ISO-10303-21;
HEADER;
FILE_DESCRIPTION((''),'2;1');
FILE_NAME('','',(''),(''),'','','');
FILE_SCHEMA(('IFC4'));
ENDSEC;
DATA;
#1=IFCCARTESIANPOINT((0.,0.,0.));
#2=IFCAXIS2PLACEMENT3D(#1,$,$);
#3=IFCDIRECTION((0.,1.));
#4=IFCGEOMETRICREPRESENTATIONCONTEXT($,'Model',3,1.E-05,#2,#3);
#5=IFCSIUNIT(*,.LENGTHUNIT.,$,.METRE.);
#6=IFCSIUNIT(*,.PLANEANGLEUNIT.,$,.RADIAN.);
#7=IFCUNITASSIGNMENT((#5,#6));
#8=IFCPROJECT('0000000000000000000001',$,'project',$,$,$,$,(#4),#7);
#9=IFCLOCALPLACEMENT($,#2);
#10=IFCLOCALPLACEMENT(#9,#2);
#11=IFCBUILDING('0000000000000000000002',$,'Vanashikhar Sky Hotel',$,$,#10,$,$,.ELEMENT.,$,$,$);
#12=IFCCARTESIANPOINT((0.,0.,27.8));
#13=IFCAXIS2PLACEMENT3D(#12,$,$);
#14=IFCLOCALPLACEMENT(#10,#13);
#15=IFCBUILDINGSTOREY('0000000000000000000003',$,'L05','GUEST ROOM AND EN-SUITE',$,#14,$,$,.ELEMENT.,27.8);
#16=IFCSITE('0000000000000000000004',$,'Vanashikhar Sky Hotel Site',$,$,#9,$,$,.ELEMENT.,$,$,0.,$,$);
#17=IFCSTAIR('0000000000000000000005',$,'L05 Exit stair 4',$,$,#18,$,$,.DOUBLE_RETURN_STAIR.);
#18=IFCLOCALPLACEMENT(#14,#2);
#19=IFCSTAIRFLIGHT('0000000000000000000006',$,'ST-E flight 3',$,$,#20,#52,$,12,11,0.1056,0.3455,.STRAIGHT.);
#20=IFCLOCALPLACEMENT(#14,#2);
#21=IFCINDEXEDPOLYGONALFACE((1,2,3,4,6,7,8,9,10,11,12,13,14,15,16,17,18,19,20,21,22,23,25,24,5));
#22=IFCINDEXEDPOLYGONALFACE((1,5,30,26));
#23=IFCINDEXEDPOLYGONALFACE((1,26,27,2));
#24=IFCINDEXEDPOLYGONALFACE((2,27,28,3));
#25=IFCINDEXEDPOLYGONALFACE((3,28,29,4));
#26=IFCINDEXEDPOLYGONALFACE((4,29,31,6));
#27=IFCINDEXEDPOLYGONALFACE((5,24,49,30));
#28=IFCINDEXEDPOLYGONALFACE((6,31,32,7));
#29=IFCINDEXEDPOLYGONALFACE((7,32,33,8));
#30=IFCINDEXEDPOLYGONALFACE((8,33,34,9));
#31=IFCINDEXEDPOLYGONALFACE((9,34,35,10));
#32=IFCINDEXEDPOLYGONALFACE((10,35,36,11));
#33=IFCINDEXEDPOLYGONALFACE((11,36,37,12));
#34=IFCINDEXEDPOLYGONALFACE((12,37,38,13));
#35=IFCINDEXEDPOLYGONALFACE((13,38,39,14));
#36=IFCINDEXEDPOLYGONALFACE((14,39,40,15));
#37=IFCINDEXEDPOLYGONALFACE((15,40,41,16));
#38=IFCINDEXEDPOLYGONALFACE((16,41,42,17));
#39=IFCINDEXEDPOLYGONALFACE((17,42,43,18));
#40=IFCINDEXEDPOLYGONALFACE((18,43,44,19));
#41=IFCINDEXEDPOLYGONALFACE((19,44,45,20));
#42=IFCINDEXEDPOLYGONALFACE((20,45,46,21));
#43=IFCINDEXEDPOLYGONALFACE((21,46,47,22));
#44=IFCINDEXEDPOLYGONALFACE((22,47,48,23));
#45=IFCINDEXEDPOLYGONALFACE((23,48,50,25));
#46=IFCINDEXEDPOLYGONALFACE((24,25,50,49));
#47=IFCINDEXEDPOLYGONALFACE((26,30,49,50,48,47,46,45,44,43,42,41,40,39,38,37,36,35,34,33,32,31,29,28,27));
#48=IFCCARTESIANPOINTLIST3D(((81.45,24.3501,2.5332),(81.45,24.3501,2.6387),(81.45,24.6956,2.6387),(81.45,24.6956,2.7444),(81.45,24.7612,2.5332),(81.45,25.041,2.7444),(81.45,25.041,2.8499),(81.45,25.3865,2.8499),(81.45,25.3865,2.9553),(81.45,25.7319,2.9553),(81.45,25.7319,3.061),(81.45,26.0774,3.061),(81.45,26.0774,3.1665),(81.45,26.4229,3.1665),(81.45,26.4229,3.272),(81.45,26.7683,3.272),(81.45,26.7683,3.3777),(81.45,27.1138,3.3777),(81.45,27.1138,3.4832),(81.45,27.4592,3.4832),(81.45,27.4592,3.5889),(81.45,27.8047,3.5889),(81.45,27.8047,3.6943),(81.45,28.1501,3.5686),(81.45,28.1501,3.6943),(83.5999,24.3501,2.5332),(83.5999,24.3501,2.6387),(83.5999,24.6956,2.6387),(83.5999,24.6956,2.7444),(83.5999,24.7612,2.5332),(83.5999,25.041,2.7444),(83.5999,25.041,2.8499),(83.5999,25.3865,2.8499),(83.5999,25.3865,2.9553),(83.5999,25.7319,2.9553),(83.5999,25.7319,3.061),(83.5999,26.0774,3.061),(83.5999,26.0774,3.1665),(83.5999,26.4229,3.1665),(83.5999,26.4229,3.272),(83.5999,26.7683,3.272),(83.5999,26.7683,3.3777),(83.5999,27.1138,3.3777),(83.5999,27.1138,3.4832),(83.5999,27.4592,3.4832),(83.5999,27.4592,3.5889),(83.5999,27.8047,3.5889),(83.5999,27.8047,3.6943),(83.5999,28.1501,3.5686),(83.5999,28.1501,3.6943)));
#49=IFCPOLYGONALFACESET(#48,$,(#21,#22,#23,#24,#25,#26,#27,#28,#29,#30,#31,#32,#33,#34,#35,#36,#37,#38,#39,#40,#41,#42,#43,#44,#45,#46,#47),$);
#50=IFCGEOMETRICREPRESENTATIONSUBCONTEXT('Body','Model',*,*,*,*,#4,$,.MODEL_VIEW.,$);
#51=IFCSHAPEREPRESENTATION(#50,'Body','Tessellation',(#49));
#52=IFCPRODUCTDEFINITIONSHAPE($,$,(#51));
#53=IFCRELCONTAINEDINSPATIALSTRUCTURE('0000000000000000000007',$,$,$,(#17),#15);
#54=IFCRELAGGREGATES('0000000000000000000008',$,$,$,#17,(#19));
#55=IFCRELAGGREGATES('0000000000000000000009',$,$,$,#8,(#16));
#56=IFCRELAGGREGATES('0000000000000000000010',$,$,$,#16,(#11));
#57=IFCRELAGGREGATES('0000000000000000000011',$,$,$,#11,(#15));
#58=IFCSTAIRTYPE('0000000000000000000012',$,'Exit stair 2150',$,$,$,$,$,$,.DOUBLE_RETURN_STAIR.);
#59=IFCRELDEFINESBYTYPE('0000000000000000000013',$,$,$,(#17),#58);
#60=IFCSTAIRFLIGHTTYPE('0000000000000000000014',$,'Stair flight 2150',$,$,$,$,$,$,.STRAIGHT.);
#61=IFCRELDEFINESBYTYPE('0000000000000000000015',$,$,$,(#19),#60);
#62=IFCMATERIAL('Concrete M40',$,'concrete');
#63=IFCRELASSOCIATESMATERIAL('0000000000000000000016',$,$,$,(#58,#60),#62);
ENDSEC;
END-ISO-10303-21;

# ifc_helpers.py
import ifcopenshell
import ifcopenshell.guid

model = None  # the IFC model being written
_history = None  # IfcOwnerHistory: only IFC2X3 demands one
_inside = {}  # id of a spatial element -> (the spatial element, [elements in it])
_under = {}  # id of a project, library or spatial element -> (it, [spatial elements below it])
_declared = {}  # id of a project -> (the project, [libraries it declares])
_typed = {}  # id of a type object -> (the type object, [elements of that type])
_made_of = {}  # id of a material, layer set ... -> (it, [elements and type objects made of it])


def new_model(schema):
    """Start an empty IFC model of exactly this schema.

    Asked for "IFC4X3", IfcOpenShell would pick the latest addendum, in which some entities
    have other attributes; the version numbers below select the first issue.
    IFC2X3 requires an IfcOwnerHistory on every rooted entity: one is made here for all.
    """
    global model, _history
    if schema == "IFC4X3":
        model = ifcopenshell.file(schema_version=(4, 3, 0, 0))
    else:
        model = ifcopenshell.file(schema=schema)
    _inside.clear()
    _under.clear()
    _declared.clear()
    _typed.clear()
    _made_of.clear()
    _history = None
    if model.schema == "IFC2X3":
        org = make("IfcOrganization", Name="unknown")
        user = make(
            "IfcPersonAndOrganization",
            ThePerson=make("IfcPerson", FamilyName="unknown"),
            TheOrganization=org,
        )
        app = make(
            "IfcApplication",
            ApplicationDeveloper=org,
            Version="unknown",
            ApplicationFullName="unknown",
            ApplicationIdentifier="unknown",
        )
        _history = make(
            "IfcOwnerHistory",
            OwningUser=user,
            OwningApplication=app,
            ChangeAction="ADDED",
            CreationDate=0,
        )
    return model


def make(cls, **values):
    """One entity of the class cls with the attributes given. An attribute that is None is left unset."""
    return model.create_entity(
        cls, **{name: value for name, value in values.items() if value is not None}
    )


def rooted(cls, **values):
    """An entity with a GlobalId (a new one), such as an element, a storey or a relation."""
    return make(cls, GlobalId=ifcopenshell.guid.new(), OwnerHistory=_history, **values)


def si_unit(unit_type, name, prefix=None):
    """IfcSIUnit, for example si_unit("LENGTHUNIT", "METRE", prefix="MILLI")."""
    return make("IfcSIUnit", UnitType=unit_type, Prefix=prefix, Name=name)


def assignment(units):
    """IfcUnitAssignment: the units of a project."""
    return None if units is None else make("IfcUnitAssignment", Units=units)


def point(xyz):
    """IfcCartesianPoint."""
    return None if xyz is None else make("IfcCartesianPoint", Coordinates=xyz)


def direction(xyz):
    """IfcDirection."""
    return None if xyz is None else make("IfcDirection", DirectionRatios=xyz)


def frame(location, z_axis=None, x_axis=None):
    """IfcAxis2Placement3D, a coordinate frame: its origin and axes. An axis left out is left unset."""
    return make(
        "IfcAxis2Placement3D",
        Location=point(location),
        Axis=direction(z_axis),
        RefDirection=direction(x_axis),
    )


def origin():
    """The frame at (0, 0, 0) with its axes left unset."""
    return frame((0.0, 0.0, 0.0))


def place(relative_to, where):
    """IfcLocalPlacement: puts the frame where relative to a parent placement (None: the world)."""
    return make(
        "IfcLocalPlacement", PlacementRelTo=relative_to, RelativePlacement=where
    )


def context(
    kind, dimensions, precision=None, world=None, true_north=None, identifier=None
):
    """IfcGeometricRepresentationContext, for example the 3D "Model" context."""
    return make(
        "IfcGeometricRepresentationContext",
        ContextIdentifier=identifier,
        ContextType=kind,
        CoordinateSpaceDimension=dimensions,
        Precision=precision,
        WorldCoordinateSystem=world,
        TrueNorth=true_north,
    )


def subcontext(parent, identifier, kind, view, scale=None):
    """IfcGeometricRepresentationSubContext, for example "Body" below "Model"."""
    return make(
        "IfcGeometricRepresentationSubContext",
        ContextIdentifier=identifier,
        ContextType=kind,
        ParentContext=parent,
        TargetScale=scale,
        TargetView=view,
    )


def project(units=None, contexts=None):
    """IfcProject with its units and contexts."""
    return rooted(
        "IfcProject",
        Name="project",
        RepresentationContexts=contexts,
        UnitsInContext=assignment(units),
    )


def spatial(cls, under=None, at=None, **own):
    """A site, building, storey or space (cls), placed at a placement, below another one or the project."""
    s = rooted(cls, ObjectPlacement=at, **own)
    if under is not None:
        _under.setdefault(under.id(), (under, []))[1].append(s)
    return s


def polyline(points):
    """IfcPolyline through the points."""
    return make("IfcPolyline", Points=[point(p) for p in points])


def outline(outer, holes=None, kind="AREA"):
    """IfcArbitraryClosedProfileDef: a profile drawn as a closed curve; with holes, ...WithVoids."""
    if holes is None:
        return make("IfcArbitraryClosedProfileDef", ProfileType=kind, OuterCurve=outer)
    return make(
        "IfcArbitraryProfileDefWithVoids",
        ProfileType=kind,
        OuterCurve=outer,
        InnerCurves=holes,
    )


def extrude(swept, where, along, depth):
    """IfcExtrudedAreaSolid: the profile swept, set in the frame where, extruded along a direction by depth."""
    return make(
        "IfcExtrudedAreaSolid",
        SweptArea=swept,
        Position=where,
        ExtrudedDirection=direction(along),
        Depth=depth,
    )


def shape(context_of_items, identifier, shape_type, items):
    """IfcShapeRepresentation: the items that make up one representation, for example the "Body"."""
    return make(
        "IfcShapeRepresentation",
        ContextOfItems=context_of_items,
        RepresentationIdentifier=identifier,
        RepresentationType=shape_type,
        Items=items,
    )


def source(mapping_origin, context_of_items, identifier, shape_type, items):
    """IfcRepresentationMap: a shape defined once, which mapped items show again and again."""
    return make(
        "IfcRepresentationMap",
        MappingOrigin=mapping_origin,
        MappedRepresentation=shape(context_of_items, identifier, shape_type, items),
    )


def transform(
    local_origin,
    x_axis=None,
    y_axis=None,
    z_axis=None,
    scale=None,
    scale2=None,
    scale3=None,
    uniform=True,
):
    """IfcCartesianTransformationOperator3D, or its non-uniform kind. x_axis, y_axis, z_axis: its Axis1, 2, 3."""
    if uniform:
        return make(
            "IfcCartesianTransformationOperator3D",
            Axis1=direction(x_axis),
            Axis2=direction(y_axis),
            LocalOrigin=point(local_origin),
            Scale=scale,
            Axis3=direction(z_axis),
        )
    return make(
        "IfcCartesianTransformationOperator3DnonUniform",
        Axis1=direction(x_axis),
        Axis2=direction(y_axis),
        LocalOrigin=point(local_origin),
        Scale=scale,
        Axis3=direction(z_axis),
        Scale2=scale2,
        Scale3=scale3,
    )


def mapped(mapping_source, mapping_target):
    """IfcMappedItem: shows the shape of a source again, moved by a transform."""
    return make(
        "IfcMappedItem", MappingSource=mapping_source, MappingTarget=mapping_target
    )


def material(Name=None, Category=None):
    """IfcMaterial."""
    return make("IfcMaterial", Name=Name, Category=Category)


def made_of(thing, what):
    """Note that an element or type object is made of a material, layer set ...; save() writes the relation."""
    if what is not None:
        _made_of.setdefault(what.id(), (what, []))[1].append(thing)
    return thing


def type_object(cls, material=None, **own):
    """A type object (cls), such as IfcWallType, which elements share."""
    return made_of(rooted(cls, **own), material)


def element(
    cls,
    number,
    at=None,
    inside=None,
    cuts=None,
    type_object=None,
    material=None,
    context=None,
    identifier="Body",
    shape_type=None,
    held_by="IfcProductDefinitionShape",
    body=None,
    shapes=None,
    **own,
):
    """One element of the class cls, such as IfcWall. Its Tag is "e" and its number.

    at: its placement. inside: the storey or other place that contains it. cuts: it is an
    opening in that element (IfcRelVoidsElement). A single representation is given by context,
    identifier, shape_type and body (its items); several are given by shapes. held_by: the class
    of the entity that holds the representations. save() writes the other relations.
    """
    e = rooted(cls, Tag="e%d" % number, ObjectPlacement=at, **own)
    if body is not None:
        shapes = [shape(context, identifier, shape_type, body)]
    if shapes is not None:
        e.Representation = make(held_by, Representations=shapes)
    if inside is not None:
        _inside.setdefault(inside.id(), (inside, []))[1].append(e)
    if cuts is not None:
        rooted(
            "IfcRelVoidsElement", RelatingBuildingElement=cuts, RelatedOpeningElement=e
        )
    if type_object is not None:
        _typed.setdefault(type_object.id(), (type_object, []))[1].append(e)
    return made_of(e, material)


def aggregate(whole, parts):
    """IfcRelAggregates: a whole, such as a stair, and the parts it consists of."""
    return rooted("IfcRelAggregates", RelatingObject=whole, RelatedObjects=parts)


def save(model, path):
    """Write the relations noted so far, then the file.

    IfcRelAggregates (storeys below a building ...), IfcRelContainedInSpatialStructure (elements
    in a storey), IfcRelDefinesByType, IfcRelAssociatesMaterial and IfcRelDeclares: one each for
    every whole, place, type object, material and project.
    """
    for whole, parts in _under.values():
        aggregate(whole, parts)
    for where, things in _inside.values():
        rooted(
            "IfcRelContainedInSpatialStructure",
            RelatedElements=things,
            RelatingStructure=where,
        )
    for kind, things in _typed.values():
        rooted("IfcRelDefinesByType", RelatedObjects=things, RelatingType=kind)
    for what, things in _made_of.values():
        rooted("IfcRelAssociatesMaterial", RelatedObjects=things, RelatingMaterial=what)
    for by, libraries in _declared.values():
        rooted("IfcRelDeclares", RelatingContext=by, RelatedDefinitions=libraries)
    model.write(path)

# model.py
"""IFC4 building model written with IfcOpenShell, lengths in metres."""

from ifc_helpers import new_model, si_unit, direction, frame, origin, place, context, subcontext, project, spatial, polyline, outline, extrude, source, transform, mapped, material, type_object, element, aggregate, save


model = new_model("IFC4")

# Units and contexts
model_context = context("Model", 3, precision=1e-05, world=origin(), true_north=direction((0.0, 1.0)))
body_context = subcontext(model_context, "Body", "Model", "MODEL_VIEW")
ifc_project = project(units=[si_unit("LENGTHUNIT", "METRE"), si_unit("PLANEANGLEUNIT", "RADIAN")], contexts=[model_context])

# Site, building, storey
site_placement = place(None, origin())
site = spatial("IfcSite", under=ifc_project, at=site_placement, Name="Vanashikhar Sky Hotel Site", CompositionType="ELEMENT", RefElevation=0.0)
building_placement = place(site_placement, origin())
building = spatial("IfcBuilding", under=site, at=building_placement, Name="Vanashikhar Sky Hotel", CompositionType="ELEMENT")
storey_placement = place(building_placement, frame((0.0, 0.0, 27.8)))
storey = spatial("IfcBuildingStorey", under=building, at=storey_placement, Name="L05", Description="GUEST ROOM AND EN-SUITE", CompositionType="ELEMENT", Elevation=27.8)

# Stair, stair flight
ifc_material_1 = material(Name="Concrete M40", Category="concrete")
stair_type = type_object("IfcStairType", Name="Exit stair 2150", PredefinedType="DOUBLE_RETURN_STAIR", material=ifc_material_1)
stair_placement = place(storey_placement, origin())
stair = element("IfcStair", 1, at=stair_placement, inside=storey, type_object=stair_type, Name="L05 Exit stair 4", PredefinedType="DOUBLE_RETURN_STAIR")
stair_flight_type = type_object("IfcStairFlightType", Name="Stair flight 2150", PredefinedType="STRAIGHT", material=ifc_material_1)
shared_shape_1 = source(origin(), body_context, "Body", "SweptSolid", [
    extrude(outline(polyline([(0.0, 0.0), (0.0, 0.1055), (0.3455, 0.1055), (0.3455, 0.2112), (0.6909, 0.2112), (0.6909, 0.3167), (1.0364, 0.3167), (1.0364, 0.4221), (1.3818, 0.4221), (1.3818, 0.5278), (1.7273, 0.5278), (1.7273, 0.6333), (2.0728, 0.6333), (2.0728, 0.7388), (2.4182, 0.7388), (2.4182, 0.8445), (2.7637, 0.8445), (2.7637, 0.95), (3.1091, 0.95), (3.1091, 1.0557), (3.4546, 1.0557), (3.4546, 1.1611), (3.8, 1.1611), (3.8, 1.2666), (3.8, 1.0354), (0.4111, 0.0), (0.0, 0.0)])), frame((0.0, 1.075, 0.0), z_axis=(0.0, -1.0, 0.0), x_axis=(1.0, 0.0, 0.0)), (0.0, 0.0, 1.0), 2.1499),
])
stair_flight_1_placement = place(storey_placement, frame((82.5249, 24.3501, 2.5332), z_axis=(0.0, 0.0, 1.0), x_axis=(0.0, 1.0, 0.0)))
stair_flight_1 = element("IfcStairFlight", 2, at=stair_flight_1_placement, type_object=stair_flight_type, Name="ST-E flight 3", NumberOfRisers=12, NumberOfTreads=11, PredefinedType="STRAIGHT", RiserHeight=0.1056, TreadLength=0.3455, context=body_context, shape_type="MappedRepresentation", body=[
    mapped(shared_shape_1, transform((0.0, 0.0, 0.0), scale=1.0)),
])
aggregate(stair, [stair_flight_1])

save(model, "model.ifc")
